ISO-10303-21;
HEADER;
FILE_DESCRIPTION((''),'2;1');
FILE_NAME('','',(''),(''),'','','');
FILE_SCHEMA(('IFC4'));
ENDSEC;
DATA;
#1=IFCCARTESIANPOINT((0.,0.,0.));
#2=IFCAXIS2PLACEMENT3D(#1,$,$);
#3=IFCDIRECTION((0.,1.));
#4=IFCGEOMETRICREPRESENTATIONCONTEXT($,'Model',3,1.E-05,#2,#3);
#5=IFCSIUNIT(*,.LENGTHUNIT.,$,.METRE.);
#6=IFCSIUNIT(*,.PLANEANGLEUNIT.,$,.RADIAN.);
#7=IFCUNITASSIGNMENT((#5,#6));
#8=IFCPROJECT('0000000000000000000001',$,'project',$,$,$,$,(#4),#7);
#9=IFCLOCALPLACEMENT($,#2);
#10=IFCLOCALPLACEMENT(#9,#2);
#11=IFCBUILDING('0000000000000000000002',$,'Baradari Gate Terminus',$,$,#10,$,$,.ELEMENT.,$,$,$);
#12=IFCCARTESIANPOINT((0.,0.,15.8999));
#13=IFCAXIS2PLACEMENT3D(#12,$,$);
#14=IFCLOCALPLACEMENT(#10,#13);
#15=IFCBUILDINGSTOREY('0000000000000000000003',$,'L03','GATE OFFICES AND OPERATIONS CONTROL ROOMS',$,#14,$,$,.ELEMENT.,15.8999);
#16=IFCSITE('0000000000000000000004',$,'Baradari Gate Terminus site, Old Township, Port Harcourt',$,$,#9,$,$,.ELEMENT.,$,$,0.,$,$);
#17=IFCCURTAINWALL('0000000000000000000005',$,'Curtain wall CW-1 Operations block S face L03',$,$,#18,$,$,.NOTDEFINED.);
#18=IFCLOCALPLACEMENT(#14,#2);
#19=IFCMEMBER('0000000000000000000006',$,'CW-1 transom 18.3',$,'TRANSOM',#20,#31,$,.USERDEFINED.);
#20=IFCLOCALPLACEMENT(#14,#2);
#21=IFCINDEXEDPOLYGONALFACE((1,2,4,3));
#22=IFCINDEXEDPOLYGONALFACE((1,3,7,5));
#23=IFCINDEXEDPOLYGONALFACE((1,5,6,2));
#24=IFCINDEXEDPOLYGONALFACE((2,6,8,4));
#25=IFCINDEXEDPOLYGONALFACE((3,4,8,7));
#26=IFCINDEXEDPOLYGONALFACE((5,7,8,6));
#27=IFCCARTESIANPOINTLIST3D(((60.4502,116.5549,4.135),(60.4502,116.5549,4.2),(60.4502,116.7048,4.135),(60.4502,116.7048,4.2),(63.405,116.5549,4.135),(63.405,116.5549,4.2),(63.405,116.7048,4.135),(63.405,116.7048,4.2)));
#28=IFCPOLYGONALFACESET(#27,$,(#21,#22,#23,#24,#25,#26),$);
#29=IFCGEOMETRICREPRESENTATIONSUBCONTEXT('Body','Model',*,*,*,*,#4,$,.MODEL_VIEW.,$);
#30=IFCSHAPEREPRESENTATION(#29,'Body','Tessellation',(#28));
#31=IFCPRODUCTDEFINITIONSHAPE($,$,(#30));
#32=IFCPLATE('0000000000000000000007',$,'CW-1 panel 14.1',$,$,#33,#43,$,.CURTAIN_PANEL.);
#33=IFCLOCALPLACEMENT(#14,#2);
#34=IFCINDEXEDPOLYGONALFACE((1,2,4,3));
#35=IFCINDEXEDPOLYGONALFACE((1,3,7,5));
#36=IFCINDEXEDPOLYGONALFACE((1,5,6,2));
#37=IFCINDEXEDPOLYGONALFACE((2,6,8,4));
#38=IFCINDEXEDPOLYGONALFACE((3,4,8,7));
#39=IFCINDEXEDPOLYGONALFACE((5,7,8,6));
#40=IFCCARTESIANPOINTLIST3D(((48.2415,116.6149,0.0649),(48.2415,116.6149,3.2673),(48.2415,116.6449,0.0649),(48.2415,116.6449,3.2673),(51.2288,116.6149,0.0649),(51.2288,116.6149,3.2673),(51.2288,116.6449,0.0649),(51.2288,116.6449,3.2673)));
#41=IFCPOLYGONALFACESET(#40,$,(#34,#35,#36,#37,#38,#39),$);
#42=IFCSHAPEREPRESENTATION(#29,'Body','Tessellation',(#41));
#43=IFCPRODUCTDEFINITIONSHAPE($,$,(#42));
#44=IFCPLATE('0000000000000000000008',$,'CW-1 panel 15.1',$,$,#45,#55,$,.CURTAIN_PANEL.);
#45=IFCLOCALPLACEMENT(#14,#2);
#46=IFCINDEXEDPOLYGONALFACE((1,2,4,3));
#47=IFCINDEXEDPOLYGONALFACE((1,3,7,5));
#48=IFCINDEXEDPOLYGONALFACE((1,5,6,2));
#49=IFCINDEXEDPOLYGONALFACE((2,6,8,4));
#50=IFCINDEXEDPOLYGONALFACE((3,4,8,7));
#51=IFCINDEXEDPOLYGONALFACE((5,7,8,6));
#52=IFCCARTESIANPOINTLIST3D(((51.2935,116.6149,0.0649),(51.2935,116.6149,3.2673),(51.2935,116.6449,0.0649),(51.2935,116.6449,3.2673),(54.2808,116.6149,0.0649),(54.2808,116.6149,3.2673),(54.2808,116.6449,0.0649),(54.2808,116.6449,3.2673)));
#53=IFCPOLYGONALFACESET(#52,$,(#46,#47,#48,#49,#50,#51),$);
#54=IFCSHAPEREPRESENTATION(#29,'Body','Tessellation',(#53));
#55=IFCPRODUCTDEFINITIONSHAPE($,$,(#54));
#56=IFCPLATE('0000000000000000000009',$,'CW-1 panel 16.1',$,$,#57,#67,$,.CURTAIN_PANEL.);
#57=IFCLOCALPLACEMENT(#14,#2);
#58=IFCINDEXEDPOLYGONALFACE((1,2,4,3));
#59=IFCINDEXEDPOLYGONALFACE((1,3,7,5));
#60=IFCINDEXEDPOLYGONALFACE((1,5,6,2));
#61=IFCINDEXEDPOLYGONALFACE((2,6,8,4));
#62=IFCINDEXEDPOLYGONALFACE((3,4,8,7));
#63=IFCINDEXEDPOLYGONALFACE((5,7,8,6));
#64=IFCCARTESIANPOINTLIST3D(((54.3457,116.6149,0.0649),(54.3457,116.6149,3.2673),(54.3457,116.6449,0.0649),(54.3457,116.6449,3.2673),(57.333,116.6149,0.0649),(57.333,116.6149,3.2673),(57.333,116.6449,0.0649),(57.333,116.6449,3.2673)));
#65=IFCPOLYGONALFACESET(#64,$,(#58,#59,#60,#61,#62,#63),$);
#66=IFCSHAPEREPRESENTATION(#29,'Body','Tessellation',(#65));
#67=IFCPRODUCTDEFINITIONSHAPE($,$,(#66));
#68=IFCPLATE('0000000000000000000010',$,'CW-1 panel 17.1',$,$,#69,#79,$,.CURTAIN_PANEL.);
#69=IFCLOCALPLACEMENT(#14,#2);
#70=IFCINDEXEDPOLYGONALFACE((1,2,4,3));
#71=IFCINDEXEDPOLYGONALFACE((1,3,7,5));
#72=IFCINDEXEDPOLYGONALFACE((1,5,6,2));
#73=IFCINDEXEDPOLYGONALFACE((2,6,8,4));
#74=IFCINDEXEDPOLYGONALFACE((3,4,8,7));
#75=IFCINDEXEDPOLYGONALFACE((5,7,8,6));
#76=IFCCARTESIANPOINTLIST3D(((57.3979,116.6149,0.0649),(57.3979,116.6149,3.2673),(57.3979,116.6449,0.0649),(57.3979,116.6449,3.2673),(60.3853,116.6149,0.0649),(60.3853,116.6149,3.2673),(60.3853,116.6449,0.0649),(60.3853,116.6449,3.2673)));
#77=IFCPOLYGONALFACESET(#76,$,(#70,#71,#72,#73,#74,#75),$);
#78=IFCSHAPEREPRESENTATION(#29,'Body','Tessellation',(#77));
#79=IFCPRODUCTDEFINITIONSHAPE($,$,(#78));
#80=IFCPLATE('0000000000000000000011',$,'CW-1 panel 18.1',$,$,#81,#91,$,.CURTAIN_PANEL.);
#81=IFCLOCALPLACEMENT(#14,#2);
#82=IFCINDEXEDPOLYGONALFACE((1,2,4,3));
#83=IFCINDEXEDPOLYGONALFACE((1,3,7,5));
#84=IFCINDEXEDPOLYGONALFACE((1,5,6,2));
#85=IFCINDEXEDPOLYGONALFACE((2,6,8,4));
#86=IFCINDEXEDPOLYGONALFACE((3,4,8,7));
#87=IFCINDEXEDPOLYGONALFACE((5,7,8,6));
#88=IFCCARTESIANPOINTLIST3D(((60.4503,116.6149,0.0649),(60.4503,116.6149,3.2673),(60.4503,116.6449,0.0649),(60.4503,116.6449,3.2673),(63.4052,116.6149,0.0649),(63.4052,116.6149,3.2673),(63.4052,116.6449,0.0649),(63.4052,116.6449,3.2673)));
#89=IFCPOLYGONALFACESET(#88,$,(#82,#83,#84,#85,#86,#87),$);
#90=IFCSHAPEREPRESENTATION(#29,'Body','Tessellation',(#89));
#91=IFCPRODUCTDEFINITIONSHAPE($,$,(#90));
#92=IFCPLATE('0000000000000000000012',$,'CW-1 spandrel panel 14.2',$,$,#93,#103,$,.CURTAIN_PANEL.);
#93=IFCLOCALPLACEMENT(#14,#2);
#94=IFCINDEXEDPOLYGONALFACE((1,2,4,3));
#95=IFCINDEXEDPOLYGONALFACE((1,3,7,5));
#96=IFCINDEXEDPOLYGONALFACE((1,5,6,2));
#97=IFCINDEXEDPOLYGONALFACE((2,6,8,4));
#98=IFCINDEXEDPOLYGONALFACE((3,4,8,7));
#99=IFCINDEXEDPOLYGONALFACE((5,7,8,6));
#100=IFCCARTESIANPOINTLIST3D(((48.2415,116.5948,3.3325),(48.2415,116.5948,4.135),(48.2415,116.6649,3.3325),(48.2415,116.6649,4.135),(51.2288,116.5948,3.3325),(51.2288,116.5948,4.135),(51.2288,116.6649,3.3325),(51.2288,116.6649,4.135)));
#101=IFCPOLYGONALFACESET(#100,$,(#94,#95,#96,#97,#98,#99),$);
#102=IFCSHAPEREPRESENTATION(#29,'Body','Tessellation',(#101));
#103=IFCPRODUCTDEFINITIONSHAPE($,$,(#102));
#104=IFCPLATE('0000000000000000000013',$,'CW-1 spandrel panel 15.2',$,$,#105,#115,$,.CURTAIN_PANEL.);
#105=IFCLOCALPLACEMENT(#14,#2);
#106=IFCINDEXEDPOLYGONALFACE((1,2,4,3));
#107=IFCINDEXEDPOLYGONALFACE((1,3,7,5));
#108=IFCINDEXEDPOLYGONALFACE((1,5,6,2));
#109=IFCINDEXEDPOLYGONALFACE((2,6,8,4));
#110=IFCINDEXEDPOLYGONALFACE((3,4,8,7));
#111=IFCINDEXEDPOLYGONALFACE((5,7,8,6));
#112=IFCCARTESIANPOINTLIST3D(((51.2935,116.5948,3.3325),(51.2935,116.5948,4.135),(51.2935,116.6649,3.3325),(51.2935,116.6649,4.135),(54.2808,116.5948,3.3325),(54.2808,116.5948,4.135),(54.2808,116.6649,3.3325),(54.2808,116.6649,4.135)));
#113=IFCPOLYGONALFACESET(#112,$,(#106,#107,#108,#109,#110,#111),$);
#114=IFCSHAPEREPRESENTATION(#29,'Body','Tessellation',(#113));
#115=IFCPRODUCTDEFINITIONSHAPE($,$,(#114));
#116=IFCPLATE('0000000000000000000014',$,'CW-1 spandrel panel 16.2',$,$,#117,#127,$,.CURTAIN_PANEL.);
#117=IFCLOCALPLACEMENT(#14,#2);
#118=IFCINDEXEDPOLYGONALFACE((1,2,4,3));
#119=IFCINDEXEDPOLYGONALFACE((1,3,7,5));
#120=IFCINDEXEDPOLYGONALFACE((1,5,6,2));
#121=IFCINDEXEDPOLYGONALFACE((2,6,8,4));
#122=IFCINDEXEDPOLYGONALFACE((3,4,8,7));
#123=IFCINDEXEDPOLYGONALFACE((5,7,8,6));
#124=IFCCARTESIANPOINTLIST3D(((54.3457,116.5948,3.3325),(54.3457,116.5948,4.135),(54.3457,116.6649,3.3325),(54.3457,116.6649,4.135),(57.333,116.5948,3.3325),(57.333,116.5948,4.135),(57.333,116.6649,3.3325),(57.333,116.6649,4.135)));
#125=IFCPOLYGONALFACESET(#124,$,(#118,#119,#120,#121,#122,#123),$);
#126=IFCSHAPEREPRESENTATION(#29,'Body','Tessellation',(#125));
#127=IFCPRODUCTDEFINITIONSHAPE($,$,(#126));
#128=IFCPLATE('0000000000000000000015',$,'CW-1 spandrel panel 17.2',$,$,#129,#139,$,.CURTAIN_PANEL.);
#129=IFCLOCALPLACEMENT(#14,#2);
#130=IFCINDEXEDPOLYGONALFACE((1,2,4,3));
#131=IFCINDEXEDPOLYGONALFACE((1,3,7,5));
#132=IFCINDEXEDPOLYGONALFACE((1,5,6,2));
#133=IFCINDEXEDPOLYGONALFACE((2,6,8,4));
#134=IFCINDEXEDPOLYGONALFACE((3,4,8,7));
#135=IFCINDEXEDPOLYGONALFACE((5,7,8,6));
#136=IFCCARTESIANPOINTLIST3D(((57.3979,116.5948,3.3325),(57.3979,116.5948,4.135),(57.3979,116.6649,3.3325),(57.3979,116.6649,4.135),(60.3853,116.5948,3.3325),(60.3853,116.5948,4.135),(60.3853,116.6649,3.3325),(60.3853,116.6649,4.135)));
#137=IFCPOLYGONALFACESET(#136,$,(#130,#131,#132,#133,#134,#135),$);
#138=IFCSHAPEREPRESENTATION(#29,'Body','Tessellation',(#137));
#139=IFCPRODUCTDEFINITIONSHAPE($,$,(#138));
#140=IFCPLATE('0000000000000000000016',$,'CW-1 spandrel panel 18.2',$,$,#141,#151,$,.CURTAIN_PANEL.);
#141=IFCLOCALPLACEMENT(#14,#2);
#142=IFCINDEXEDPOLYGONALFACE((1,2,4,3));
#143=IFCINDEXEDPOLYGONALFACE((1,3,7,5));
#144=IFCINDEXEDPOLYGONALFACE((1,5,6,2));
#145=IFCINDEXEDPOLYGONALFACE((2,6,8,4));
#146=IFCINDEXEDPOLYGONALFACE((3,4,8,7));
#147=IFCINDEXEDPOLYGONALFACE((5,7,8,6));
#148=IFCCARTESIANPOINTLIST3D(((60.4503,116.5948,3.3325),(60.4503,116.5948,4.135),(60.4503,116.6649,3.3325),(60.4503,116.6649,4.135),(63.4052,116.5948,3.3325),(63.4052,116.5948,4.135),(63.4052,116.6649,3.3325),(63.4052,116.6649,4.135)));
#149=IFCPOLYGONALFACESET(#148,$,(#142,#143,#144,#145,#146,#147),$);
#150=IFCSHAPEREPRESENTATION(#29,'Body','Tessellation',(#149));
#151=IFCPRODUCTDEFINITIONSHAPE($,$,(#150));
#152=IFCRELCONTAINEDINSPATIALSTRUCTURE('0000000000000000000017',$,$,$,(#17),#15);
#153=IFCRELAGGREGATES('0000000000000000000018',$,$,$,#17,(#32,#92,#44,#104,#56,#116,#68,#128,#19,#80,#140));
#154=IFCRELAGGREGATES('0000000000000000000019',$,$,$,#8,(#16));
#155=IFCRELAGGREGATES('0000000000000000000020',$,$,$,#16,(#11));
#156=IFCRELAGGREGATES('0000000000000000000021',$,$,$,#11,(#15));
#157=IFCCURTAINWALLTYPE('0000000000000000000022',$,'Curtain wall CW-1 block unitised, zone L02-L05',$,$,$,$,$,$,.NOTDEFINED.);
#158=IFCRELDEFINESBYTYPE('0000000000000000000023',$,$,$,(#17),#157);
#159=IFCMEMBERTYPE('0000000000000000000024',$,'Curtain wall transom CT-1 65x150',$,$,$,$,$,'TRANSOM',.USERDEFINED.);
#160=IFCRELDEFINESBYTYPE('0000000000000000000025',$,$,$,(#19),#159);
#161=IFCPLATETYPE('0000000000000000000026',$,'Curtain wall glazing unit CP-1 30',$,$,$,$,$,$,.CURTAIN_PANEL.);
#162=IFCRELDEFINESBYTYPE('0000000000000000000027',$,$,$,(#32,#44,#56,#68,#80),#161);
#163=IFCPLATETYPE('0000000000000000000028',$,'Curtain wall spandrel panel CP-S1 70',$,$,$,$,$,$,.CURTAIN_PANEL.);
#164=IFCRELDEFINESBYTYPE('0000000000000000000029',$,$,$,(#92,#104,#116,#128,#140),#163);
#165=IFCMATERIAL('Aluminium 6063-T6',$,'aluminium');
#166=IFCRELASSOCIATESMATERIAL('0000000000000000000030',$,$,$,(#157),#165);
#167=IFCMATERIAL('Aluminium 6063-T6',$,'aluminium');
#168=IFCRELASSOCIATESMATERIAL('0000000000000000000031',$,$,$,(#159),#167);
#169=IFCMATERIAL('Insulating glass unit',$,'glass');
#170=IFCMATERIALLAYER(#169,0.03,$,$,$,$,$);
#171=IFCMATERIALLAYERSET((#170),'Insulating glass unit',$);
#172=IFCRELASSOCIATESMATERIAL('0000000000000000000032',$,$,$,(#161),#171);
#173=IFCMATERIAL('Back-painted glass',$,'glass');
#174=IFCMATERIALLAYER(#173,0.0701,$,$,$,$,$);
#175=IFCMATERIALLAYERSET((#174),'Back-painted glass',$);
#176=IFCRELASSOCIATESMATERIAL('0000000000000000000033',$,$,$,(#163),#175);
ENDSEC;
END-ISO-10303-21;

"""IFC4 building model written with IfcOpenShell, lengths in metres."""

from ifc_helpers import new_model, si_unit, direction, frame, origin, origin_2d, place, context, subcontext, project, spatial, rectangle, extrude, material, layer, layer_set, material_profile, profile_set, type_object, element, aggregate, save


model = new_model("IFC4")

# Units and contexts
model_context = context("Model", 3, precision=1e-05, world=origin(), true_north=direction((0.0, 1.0)))
body_context = subcontext(model_context, "Body", "Model", "MODEL_VIEW")
ifc_project = project(units=[si_unit("LENGTHUNIT", "METRE"), si_unit("PLANEANGLEUNIT", "RADIAN")], contexts=[model_context])

# Site, building, storey
site_placement = place(None, origin())
site = spatial("IfcSite", under=ifc_project, at=site_placement, Name="Baradari Gate Terminus site, Old Township, Port Harcourt", CompositionType="ELEMENT", RefElevation=0.0)
building_placement = place(site_placement, origin())
building = spatial("IfcBuilding", under=site, at=building_placement, Name="Baradari Gate Terminus", CompositionType="ELEMENT")
storey_placement = place(building_placement, frame((0.0, 0.0, 15.8999)))
storey = spatial("IfcBuildingStorey", under=building, at=storey_placement, Name="L03", Description="GATE OFFICES AND OPERATIONS CONTROL ROOMS", CompositionType="ELEMENT", Elevation=15.8999)

# Curtain wall, member, plates
ifc_material_1 = material(Name="Aluminium 6063-T6", Category="aluminium")
curtain_wall_type = type_object("IfcCurtainWallType", Name="Curtain wall CW-1 block unitised, zone L02-L05", PredefinedType="NOTDEFINED", material=ifc_material_1)
curtain_wall_placement = place(storey_placement, origin())
curtain_wall = element("IfcCurtainWall", 1, at=curtain_wall_placement, inside=storey, type_object=curtain_wall_type, Name="Curtain wall CW-1 Operations block S face L03", PredefinedType="NOTDEFINED")
ifc_material_2 = material(Name="Aluminium 6063-T6", Category="aluminium")
ifc_material_profile_1 = material_profile(ifc_material_2, rectangle(XDim=0.1499, YDim=0.0649, at=origin_2d()), Name="CT-1 65X150")
ifc_profile_set_1 = profile_set([ifc_material_profile_1], Name="Aluminium 6063-T6")
member_type_1 = type_object("IfcMemberType", Name="Curtain wall transom CT-1 65x150", ElementType="TRANSOM", PredefinedType="USERDEFINED", material=ifc_profile_set_1)
member_1_placement = place(storey_placement, frame((60.4502, 116.6299, 4.1675), z_axis=(1.0, 0.0, 0.0), x_axis=(0.0, 1.0, 0.0)))
member_1 = element("IfcMember", 2, at=member_1_placement, type_object=member_type_1, Name="CW-1 transom 18.3", ObjectType="TRANSOM", PredefinedType="USERDEFINED", context=body_context, shape_type="SweptSolid", body=[
    extrude(rectangle(XDim=0.1499, YDim=0.0649, at=origin_2d()), origin(), (0.0, 0.0, 1.0), 2.9548),
])
ifc_material_3 = material(Name="Insulating glass unit", Category="glass")
ifc_layer_1 = layer(ifc_material_3, 0.03)
ifc_layer_set_1 = layer_set([ifc_layer_1], Name="Insulating glass unit")
plate_type_1 = type_object("IfcPlateType", Name="Curtain wall glazing unit CP-1 30", PredefinedType="CURTAIN_PANEL", material=ifc_layer_set_1)
plate_1_placement = place(storey_placement, frame((49.7351, 116.6299, 0.0649), z_axis=(0.0, 0.0, 1.0), x_axis=(1.0, 0.0, 0.0)))
plate_1 = element("IfcPlate", 3, at=plate_1_placement, type_object=plate_type_1, Name="CW-1 panel 14.1", PredefinedType="CURTAIN_PANEL", context=body_context, shape_type="SweptSolid", body=[
    extrude(rectangle(XDim=2.9873, YDim=0.03, at=origin_2d()), origin(), (0.0, 0.0, 1.0), 3.2024),
])
plate_2_placement = place(storey_placement, frame((52.7871, 116.6299, 0.0649), z_axis=(0.0, 0.0, 1.0), x_axis=(1.0, 0.0, 0.0)))
plate_2 = element("IfcPlate", 4, at=plate_2_placement, type_object=plate_type_1, Name="CW-1 panel 15.1", PredefinedType="CURTAIN_PANEL", context=body_context, shape_type="SweptSolid", body=[
    extrude(rectangle(XDim=2.9873, YDim=0.03, at=origin_2d()), origin(), (0.0, 0.0, 1.0), 3.2024),
])
plate_3_placement = place(storey_placement, frame((55.8394, 116.6299, 0.0649), z_axis=(0.0, 0.0, 1.0), x_axis=(1.0, 0.0, 0.0)))
plate_3 = element("IfcPlate", 5, at=plate_3_placement, type_object=plate_type_1, Name="CW-1 panel 16.1", PredefinedType="CURTAIN_PANEL", context=body_context, shape_type="SweptSolid", body=[
    extrude(rectangle(XDim=2.9873, YDim=0.03, at=origin_2d()), origin(), (0.0, 0.0, 1.0), 3.2024),
])
plate_4_placement = place(storey_placement, frame((58.8916, 116.6299, 0.0649), z_axis=(0.0, 0.0, 1.0), x_axis=(1.0, 0.0, 0.0)))
plate_4 = element("IfcPlate", 6, at=plate_4_placement, type_object=plate_type_1, Name="CW-1 panel 17.1", PredefinedType="CURTAIN_PANEL", context=body_context, shape_type="SweptSolid", body=[
    extrude(rectangle(XDim=2.9873, YDim=0.03, at=origin_2d()), origin(), (0.0, 0.0, 1.0), 3.2024),
])
plate_5_placement = place(storey_placement, frame((61.9277, 116.6299, 0.0649), z_axis=(0.0, 0.0, 1.0), x_axis=(1.0, 0.0, 0.0)))
plate_5 = element("IfcPlate", 7, at=plate_5_placement, type_object=plate_type_1, Name="CW-1 panel 18.1", PredefinedType="CURTAIN_PANEL", context=body_context, shape_type="SweptSolid", body=[
    extrude(rectangle(XDim=2.9548, YDim=0.03, at=origin_2d()), origin(), (0.0, 0.0, 1.0), 3.2024),
])
ifc_material_4 = material(Name="Back-painted glass", Category="glass")
ifc_layer_2 = layer(ifc_material_4, 0.0701)
ifc_layer_set_2 = layer_set([ifc_layer_2], Name="Back-painted glass")
plate_type_2 = type_object("IfcPlateType", Name="Curtain wall spandrel panel CP-S1 70", PredefinedType="CURTAIN_PANEL", material=ifc_layer_set_2)
plate_6_placement = place(storey_placement, frame((49.7351, 116.6299, 3.3325), z_axis=(0.0, 0.0, 1.0), x_axis=(1.0, 0.0, 0.0)))
plate_6 = element("IfcPlate", 8, at=plate_6_placement, type_object=plate_type_2, Name="CW-1 spandrel panel 14.2", PredefinedType="CURTAIN_PANEL", context=body_context, shape_type="SweptSolid", body=[
    extrude(rectangle(XDim=2.9873, YDim=0.0701, at=origin_2d()), origin(), (0.0, 0.0, 1.0), 0.8025),
])
plate_7_placement = place(storey_placement, frame((52.7871, 116.6299, 3.3325), z_axis=(0.0, 0.0, 1.0), x_axis=(1.0, 0.0, 0.0)))
plate_7 = element("IfcPlate", 9, at=plate_7_placement, type_object=plate_type_2, Name="CW-1 spandrel panel 15.2", PredefinedType="CURTAIN_PANEL", context=body_context, shape_type="SweptSolid", body=[
    extrude(rectangle(XDim=2.9873, YDim=0.0701, at=origin_2d()), origin(), (0.0, 0.0, 1.0), 0.8025),
])
plate_8_placement = place(storey_placement, frame((55.8394, 116.6299, 3.3325), z_axis=(0.0, 0.0, 1.0), x_axis=(1.0, 0.0, 0.0)))
plate_8 = element("IfcPlate", 10, at=plate_8_placement, type_object=plate_type_2, Name="CW-1 spandrel panel 16.2", PredefinedType="CURTAIN_PANEL", context=body_context, shape_type="SweptSolid", body=[
    extrude(rectangle(XDim=2.9873, YDim=0.0701, at=origin_2d()), origin(), (0.0, 0.0, 1.0), 0.8025),
])
plate_9_placement = place(storey_placement, frame((58.8916, 116.6299, 3.3325), z_axis=(0.0, 0.0, 1.0), x_axis=(1.0, 0.0, 0.0)))
plate_9 = element("IfcPlate", 11, at=plate_9_placement, type_object=plate_type_2, Name="CW-1 spandrel panel 17.2", PredefinedType="CURTAIN_PANEL", context=body_context, shape_type="SweptSolid", body=[
    extrude(rectangle(XDim=2.9873, YDim=0.0701, at=origin_2d()), origin(), (0.0, 0.0, 1.0), 0.8025),
])
plate_10_placement = place(storey_placement, frame((61.9277, 116.6299, 3.3325), z_axis=(0.0, 0.0, 1.0), x_axis=(1.0, 0.0, 0.0)))
plate_10 = element("IfcPlate", 12, at=plate_10_placement, type_object=plate_type_2, Name="CW-1 spandrel panel 18.2", PredefinedType="CURTAIN_PANEL", context=body_context, shape_type="SweptSolid", body=[
    extrude(rectangle(XDim=2.9548, YDim=0.0701, at=origin_2d()), origin(), (0.0, 0.0, 1.0), 0.8025),
])
aggregate(curtain_wall, [plate_1, plate_6, plate_2, plate_7, plate_3, plate_8, plate_4, plate_9, member_1, plate_5, plate_10])

save(model, "model.ifc")
